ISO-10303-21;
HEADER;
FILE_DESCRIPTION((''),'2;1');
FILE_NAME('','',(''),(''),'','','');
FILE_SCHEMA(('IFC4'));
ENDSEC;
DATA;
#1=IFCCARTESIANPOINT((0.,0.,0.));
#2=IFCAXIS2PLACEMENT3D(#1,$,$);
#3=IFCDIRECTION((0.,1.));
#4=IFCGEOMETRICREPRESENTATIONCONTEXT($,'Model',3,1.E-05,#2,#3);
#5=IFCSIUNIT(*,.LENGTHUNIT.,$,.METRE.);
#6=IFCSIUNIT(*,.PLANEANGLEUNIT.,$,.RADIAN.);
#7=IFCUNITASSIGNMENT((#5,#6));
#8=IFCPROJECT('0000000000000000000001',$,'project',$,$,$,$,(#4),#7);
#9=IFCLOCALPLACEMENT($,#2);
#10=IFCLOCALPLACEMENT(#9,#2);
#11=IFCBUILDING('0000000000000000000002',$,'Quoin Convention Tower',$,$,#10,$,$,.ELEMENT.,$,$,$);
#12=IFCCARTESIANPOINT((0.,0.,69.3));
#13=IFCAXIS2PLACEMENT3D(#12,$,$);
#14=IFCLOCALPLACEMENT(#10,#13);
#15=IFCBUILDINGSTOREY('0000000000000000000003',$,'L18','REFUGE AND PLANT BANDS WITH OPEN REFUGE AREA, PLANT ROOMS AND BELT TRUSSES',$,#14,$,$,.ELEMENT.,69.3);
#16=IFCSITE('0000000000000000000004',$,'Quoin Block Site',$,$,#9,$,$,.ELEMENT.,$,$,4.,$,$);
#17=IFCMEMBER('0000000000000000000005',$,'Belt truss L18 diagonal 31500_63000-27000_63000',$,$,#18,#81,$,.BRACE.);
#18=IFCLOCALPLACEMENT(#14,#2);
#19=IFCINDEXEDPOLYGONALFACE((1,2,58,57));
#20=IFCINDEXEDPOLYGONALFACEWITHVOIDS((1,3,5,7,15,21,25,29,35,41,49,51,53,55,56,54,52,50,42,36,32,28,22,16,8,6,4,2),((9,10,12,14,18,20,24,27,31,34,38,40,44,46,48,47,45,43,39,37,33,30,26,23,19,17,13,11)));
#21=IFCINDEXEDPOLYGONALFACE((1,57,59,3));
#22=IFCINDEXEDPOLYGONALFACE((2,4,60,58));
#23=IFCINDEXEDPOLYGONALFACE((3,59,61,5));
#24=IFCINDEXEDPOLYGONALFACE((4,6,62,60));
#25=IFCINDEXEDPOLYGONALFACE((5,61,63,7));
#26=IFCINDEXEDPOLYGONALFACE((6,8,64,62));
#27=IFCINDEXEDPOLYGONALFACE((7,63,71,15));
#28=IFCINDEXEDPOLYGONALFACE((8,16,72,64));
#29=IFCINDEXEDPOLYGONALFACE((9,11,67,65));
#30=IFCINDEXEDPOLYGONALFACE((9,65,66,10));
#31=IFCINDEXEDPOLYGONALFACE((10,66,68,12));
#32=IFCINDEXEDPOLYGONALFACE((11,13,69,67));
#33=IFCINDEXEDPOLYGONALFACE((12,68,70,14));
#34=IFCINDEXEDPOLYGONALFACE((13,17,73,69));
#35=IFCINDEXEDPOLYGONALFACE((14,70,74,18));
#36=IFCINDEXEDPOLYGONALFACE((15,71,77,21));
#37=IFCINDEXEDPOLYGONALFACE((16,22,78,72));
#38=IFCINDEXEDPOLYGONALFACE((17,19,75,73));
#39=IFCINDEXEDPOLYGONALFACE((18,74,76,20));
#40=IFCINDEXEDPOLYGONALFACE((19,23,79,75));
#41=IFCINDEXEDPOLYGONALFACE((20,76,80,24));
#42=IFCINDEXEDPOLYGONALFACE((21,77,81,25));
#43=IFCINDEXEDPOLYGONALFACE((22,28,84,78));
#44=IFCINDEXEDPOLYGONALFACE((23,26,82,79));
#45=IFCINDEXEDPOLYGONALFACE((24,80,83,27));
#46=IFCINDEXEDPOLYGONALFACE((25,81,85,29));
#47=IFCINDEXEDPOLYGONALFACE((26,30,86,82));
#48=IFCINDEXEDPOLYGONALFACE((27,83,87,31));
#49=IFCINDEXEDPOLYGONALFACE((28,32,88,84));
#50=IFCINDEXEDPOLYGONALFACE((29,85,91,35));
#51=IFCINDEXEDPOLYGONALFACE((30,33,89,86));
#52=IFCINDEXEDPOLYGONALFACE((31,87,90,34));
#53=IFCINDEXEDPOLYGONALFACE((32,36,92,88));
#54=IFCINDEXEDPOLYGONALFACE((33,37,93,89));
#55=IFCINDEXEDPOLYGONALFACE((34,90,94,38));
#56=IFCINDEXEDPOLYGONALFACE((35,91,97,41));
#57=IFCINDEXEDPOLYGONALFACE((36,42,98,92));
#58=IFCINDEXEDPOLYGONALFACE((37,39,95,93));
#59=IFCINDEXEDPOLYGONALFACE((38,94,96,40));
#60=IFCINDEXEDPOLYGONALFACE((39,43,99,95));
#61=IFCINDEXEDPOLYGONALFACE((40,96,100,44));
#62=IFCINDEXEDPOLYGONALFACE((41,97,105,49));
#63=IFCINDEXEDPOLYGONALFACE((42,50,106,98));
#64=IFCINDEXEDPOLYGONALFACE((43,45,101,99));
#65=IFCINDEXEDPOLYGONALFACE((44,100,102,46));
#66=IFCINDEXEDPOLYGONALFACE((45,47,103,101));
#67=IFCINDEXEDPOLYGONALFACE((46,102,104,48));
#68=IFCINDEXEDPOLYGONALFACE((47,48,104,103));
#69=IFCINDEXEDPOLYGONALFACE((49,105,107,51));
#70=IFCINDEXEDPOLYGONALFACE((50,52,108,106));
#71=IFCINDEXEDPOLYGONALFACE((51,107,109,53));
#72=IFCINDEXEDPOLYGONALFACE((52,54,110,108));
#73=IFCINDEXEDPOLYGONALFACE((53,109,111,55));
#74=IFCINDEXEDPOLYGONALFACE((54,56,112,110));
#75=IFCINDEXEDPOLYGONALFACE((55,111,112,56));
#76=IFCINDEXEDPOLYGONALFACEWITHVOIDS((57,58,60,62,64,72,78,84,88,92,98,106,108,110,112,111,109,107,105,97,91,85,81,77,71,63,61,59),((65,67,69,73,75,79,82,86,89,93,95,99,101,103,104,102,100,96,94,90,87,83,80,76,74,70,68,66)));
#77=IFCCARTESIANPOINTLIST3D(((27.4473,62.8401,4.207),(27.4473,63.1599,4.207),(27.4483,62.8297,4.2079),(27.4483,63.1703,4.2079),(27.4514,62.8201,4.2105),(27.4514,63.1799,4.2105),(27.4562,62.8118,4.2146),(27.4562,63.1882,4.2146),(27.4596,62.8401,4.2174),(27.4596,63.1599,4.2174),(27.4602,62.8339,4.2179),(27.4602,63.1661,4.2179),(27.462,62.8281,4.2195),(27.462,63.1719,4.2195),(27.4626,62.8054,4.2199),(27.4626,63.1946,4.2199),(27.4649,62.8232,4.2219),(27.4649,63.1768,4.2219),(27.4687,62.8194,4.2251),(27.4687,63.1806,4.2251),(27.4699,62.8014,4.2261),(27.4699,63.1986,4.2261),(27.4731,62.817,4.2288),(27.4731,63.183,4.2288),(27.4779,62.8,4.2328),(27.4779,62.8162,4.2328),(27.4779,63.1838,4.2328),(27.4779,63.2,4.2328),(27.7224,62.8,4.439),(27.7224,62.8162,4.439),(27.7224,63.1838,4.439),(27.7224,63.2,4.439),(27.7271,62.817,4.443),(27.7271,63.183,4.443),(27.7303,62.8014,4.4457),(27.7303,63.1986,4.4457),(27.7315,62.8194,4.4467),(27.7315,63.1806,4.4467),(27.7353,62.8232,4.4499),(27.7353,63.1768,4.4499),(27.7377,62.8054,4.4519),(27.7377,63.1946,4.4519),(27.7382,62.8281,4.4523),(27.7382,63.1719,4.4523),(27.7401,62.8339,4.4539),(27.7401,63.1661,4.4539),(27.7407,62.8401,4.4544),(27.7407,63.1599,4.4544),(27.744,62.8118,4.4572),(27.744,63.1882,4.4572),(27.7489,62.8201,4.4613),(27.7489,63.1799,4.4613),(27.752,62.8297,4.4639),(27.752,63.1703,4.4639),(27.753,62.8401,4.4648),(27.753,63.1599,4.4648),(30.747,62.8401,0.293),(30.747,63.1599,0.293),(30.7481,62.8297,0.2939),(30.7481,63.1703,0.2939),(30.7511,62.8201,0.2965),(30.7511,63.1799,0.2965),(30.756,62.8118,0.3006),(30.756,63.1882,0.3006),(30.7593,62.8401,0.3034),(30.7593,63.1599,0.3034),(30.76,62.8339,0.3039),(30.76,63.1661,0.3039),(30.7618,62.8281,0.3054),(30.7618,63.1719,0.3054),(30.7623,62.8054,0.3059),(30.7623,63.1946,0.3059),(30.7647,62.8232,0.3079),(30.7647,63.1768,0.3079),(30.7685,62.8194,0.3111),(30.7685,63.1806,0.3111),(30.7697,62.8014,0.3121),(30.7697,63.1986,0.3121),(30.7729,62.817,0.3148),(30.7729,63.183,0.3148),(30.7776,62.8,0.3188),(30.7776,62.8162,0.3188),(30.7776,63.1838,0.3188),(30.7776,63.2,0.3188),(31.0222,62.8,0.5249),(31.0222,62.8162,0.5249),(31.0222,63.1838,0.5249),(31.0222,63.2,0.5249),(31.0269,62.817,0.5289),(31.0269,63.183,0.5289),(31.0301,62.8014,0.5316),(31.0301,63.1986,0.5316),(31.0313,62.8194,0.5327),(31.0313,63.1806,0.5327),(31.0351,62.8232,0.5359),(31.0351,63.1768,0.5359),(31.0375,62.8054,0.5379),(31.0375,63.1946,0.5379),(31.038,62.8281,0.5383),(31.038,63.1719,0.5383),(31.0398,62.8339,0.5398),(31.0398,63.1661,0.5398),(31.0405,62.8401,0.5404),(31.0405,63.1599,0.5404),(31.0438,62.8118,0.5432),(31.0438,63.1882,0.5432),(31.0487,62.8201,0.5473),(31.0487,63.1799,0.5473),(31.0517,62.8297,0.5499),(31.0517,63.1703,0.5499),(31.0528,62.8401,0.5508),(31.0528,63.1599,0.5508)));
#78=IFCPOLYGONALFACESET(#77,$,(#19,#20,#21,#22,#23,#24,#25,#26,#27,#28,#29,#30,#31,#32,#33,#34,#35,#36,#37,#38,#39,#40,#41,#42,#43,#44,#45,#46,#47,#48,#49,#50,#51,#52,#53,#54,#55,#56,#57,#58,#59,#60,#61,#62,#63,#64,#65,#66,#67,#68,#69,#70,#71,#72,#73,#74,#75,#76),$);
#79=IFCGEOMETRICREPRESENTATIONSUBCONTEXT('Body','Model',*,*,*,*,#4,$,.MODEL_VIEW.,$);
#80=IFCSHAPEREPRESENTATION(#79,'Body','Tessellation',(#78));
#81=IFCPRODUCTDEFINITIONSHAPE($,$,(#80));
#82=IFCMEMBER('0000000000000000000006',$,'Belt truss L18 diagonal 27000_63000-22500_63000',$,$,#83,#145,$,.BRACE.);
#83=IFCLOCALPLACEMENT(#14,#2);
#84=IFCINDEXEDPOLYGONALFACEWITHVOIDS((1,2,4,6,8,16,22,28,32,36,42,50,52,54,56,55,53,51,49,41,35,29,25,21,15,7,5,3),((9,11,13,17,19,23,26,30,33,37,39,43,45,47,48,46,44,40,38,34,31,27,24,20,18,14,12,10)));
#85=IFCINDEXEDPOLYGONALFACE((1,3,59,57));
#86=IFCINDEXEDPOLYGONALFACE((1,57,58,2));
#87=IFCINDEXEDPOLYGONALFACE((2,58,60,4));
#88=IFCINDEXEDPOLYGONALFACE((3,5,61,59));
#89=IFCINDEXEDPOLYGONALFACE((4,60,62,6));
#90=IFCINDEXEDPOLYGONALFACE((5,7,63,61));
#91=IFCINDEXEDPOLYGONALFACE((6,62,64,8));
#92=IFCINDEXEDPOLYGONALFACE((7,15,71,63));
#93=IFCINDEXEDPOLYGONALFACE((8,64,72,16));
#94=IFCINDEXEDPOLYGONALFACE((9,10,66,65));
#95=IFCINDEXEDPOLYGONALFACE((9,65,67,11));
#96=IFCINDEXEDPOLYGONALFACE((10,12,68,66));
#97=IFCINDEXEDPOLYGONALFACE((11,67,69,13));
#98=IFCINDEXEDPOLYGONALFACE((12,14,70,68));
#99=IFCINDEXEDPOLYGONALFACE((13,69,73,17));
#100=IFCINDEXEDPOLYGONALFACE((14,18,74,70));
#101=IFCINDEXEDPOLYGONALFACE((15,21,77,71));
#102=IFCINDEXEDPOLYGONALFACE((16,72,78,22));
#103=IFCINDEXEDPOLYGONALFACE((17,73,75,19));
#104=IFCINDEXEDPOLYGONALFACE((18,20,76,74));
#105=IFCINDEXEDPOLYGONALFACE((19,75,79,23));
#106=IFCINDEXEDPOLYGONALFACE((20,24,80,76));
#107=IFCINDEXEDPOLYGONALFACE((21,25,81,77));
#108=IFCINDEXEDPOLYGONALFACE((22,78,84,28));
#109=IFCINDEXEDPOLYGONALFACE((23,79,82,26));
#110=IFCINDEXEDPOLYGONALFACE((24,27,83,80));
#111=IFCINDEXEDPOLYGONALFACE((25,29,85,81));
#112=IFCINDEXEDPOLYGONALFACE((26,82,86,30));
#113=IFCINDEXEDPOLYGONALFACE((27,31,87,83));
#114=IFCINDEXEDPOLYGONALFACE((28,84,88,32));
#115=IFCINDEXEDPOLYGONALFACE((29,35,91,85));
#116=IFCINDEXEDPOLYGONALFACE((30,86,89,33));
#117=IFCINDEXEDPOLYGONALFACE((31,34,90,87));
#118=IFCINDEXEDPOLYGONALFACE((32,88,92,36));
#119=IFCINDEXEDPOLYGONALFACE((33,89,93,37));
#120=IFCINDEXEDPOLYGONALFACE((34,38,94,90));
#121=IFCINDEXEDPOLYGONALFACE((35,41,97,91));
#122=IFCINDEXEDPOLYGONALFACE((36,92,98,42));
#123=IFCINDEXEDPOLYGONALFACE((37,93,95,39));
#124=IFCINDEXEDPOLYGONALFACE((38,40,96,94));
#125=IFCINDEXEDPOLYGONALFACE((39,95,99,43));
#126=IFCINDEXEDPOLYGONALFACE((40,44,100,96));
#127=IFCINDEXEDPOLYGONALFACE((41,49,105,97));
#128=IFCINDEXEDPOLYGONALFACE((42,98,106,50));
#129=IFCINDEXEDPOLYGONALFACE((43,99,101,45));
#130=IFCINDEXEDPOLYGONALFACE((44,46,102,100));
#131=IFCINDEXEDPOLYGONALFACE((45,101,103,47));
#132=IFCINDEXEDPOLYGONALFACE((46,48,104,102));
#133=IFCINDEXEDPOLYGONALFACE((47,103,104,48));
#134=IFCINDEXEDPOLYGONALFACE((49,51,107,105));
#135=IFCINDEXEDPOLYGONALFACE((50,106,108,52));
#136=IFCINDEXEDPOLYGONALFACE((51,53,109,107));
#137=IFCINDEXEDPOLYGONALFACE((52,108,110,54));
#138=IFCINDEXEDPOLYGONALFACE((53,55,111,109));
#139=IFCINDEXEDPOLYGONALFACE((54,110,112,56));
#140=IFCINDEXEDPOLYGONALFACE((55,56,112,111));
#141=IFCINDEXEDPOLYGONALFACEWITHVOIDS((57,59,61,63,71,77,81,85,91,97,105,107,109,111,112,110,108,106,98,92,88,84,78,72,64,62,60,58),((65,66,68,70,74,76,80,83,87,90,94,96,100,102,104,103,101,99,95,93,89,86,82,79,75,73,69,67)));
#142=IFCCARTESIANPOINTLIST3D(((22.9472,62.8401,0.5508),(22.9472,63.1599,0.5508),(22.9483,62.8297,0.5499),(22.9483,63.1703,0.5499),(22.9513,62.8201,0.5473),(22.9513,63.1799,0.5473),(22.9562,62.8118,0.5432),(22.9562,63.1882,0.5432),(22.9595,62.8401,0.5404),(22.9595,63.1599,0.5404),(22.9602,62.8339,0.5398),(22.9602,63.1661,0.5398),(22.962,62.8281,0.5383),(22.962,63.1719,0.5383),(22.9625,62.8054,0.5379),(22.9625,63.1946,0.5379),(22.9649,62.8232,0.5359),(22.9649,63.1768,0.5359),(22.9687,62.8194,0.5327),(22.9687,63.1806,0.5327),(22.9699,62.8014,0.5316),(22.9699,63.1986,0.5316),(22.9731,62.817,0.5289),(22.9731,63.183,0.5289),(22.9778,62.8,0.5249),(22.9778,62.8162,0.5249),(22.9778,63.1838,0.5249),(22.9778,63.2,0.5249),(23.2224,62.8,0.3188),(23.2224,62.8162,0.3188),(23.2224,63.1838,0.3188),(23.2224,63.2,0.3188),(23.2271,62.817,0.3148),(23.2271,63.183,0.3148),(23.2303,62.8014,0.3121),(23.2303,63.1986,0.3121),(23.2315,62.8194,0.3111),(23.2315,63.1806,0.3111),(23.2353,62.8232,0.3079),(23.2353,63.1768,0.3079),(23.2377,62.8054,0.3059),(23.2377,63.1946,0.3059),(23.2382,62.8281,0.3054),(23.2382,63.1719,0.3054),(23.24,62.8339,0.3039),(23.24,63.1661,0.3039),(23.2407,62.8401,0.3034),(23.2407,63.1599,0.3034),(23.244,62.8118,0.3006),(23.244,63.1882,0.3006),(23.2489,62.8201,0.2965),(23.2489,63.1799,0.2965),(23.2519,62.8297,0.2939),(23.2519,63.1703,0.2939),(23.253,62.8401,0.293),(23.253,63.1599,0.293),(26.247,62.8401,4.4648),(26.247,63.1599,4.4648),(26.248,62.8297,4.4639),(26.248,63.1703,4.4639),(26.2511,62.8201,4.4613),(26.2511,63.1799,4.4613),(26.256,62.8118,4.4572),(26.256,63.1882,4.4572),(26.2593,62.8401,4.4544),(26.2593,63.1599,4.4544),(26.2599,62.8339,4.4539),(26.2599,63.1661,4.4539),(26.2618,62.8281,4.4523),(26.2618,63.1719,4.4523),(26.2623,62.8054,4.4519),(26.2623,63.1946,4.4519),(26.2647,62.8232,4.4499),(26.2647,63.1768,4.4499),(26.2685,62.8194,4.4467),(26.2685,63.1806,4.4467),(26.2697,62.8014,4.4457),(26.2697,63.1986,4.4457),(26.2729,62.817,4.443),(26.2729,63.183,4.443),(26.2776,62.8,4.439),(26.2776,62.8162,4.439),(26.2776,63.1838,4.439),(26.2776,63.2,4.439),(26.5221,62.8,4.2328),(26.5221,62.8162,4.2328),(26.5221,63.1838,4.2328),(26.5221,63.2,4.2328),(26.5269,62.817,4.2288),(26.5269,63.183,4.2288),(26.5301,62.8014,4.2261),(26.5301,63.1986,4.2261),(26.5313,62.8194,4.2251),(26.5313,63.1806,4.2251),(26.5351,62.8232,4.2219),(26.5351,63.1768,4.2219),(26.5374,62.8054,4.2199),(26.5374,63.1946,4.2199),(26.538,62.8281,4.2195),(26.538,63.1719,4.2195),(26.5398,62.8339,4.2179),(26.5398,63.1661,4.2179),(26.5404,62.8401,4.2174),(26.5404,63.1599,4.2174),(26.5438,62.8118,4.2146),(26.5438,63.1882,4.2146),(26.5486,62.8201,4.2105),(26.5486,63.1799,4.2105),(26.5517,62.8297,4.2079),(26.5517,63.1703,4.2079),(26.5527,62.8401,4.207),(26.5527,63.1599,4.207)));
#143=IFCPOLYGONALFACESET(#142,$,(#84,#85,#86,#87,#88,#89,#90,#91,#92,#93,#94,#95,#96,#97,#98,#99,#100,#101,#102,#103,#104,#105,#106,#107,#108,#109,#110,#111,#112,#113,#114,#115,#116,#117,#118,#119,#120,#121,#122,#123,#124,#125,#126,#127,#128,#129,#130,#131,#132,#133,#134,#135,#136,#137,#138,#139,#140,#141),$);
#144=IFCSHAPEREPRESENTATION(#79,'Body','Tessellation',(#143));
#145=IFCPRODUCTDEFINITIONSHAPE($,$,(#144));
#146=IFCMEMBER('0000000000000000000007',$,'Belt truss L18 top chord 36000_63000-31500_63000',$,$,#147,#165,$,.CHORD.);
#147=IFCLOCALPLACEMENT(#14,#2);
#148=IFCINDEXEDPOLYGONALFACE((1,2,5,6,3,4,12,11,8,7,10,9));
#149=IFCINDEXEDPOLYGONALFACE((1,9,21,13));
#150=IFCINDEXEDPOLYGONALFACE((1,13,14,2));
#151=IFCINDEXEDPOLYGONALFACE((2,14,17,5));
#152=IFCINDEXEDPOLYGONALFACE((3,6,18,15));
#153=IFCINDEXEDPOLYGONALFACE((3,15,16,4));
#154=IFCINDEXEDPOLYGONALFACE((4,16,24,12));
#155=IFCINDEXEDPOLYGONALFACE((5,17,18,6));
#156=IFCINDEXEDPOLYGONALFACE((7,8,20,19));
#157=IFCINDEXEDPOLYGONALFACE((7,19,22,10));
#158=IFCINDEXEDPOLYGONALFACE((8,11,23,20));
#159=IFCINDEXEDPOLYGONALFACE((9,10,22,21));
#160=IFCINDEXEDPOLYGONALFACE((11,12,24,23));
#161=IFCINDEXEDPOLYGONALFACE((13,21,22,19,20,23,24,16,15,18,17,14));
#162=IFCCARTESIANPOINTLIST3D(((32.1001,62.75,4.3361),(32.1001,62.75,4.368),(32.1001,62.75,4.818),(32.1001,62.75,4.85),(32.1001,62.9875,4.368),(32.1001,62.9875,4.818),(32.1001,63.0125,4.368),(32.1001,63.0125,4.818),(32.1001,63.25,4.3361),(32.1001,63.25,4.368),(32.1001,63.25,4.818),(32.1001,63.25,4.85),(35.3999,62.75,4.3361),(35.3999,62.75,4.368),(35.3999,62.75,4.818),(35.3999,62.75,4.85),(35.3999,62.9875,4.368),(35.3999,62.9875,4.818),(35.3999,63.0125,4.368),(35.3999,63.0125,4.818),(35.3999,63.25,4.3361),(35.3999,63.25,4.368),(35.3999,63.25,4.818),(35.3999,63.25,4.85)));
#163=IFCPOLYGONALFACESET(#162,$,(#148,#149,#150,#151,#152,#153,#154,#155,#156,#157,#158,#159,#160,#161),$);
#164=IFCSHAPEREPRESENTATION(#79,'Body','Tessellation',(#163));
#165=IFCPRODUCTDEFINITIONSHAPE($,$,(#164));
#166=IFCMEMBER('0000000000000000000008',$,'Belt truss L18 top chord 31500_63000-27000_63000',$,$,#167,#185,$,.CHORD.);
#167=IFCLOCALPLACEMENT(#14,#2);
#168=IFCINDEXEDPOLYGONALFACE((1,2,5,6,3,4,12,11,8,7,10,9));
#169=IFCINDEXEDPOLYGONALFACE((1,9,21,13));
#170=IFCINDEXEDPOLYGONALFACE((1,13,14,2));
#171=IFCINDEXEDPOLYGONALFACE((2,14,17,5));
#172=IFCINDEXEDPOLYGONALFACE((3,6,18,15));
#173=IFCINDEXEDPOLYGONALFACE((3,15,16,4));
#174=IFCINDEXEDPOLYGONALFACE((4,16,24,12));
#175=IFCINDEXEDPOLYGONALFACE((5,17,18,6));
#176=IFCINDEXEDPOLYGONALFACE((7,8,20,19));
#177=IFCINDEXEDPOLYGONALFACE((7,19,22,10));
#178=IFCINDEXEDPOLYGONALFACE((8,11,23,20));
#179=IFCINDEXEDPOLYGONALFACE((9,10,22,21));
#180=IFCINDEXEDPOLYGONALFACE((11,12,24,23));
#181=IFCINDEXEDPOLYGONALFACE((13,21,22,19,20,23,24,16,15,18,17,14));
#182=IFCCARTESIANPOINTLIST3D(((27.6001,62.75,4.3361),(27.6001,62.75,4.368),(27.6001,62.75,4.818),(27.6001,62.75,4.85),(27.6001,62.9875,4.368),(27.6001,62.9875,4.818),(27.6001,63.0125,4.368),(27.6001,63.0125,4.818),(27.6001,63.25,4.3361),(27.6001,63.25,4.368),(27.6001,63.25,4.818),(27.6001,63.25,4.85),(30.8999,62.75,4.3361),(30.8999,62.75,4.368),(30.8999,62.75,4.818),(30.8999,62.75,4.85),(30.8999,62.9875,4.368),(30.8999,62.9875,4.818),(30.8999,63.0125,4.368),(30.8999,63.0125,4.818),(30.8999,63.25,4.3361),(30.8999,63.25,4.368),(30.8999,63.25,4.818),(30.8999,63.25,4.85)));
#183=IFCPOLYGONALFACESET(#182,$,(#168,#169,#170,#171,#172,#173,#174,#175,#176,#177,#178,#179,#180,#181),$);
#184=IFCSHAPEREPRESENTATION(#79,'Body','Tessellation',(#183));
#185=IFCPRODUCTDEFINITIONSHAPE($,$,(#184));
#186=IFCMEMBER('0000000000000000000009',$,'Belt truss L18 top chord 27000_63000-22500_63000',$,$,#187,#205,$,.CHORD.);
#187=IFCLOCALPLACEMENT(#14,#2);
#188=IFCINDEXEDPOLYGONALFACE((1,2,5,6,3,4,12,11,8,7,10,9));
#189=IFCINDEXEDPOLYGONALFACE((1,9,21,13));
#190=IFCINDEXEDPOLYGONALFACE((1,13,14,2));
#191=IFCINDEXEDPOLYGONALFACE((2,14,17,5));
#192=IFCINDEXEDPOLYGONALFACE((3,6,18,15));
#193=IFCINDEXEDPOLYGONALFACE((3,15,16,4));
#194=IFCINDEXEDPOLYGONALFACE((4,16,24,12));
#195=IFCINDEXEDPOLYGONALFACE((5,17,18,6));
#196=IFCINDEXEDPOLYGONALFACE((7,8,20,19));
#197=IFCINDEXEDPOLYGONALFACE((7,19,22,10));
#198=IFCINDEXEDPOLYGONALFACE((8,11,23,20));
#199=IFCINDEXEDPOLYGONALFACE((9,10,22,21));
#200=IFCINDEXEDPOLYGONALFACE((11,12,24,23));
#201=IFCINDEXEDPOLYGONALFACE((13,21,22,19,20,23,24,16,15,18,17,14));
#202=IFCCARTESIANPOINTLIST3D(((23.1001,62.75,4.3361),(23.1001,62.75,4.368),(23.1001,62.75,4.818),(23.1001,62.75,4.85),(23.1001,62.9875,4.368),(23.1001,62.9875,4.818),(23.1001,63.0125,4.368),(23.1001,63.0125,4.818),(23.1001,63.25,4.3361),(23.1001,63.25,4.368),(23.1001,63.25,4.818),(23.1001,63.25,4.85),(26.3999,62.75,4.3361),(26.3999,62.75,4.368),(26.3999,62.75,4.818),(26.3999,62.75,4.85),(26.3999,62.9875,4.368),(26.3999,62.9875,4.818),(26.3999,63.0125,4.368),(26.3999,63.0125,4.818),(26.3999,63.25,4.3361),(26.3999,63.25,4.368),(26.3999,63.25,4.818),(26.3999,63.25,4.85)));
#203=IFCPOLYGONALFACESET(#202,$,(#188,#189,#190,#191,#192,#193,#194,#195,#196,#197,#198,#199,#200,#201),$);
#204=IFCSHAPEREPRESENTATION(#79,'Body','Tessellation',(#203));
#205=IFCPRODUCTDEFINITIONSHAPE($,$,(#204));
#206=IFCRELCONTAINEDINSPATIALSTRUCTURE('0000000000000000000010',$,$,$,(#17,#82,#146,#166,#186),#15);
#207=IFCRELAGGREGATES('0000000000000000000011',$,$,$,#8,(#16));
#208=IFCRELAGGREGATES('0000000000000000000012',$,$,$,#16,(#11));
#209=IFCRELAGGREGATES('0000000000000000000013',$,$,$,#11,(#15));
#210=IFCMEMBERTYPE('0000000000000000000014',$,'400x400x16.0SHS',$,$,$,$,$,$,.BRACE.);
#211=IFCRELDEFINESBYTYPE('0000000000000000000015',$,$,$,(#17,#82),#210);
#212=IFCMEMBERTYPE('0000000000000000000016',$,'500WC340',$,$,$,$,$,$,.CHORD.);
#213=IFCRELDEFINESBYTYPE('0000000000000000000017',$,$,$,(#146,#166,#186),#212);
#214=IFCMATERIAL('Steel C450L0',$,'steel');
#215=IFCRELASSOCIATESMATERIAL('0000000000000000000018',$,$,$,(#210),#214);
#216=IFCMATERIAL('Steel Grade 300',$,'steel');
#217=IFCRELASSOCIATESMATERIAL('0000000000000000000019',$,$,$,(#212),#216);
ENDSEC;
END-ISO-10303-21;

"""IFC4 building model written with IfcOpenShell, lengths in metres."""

from ifc_helpers import new_model, si_unit, direction, frame, origin, origin_2d, place, context, subcontext, project, spatial, hollow_rectangle, i_section, extrude, material, material_profile, profile_set, type_object, element, save


model = new_model("IFC4")

# Units and contexts
model_context = context("Model", 3, precision=1e-05, world=origin(), true_north=direction((0.0, 1.0)))
body_context = subcontext(model_context, "Body", "Model", "MODEL_VIEW")
ifc_project = project(units=[si_unit("LENGTHUNIT", "METRE"), si_unit("PLANEANGLEUNIT", "RADIAN")], contexts=[model_context])

# Site, building, storey
site_placement = place(None, origin())
site = spatial("IfcSite", under=ifc_project, at=site_placement, Name="Quoin Block Site", CompositionType="ELEMENT", RefElevation=4.0)
building_placement = place(site_placement, origin())
building = spatial("IfcBuilding", under=site, at=building_placement, Name="Quoin Convention Tower", CompositionType="ELEMENT")
storey_placement = place(building_placement, frame((0.0, 0.0, 69.3)))
storey = spatial("IfcBuildingStorey", under=building, at=storey_placement, Name="L18", Description="REFUGE AND PLANT BANDS WITH OPEN REFUGE AREA, PLANT ROOMS AND BELT TRUSSES", CompositionType="ELEMENT", Elevation=69.3)

# Members
ifc_material_1 = material(Name="Steel Grade 300", Category="steel")
ifc_material_2 = material(Name="Steel C450L0", Category="steel")
ifc_material_profile_1 = material_profile(ifc_material_2, hollow_rectangle(XDim=0.3999, YDim=0.3999, WallThickness=0.0161, InnerFilletRadius=0.0239, OuterFilletRadius=0.04, at=origin_2d()), Name="400x400x16.0SHS")
ifc_profile_set_1 = profile_set([ifc_material_profile_1], Name="Steel C450L0")
member_type_1 = type_object("IfcMemberType", Name="400x400x16.0SHS", PredefinedType="BRACE", material=ifc_profile_set_1)
for number, where, z_axis, x_axis, name in (
    (1, (30.8999, 63.0, 0.4219), (-0.644564, 0.0, 0.76455), (0.0, -1.0, 0.0), "Belt truss L18 diagonal 31500_63000-27000_63000"),
    (2, (23.1001, 63.0, 0.4219), (0.644564, 0.0, 0.76455), (0.0, 1.0, 0.0), "Belt truss L18 diagonal 27000_63000-22500_63000"),
):
    element("IfcMember", number, at=place(storey_placement, frame(where, z_axis=z_axis, x_axis=x_axis)), inside=storey, type_object=member_type_1, Name=name, PredefinedType="BRACE", context=body_context, shape_type="SweptSolid", body=[
        extrude(hollow_rectangle(XDim=0.3999, YDim=0.3999, WallThickness=0.0161, InnerFilletRadius=0.0239, OuterFilletRadius=0.04, at=origin_2d()), origin(), (0.0, 0.0, 1.0), 5.1194),
    ])
ifc_material_profile_2 = material_profile(ifc_material_1, i_section(OverallWidth=0.5, OverallDepth=0.5139, WebThickness=0.0249, FlangeThickness=0.032, at=origin_2d()), Name="500WC340")
ifc_profile_set_2 = profile_set([ifc_material_profile_2], Name="Steel Grade 300")
member_type_2 = type_object("IfcMemberType", Name="500WC340", PredefinedType="CHORD", material=ifc_profile_set_2)
for number, where, z_axis, x_axis, name in (
    (3, (35.3999, 63.0, 4.593), (-1.0, 0.0, 0.0), (0.0, -1.0, 0.0), "Belt truss L18 top chord 36000_63000-31500_63000"),
    (4, (30.8999, 63.0, 4.593), (-1.0, 0.0, 0.0), (0.0, -1.0, 0.0), "Belt truss L18 top chord 31500_63000-27000_63000"),
    (5, (26.3999, 63.0, 4.593), (-1.0, 0.0, 0.0), (0.0, -1.0, 0.0), "Belt truss L18 top chord 27000_63000-22500_63000"),
):
    element("IfcMember", number, at=place(storey_placement, frame(where, z_axis=z_axis, x_axis=x_axis)), inside=storey, type_object=member_type_2, Name=name, PredefinedType="CHORD", context=body_context, shape_type="SweptSolid", body=[
        extrude(i_section(OverallWidth=0.5, OverallDepth=0.5139, WebThickness=0.0249, FlangeThickness=0.032, at=origin_2d()), origin(), (0.0, 0.0, 1.0), 3.2998),
    ])

save(model, "model.ifc")
